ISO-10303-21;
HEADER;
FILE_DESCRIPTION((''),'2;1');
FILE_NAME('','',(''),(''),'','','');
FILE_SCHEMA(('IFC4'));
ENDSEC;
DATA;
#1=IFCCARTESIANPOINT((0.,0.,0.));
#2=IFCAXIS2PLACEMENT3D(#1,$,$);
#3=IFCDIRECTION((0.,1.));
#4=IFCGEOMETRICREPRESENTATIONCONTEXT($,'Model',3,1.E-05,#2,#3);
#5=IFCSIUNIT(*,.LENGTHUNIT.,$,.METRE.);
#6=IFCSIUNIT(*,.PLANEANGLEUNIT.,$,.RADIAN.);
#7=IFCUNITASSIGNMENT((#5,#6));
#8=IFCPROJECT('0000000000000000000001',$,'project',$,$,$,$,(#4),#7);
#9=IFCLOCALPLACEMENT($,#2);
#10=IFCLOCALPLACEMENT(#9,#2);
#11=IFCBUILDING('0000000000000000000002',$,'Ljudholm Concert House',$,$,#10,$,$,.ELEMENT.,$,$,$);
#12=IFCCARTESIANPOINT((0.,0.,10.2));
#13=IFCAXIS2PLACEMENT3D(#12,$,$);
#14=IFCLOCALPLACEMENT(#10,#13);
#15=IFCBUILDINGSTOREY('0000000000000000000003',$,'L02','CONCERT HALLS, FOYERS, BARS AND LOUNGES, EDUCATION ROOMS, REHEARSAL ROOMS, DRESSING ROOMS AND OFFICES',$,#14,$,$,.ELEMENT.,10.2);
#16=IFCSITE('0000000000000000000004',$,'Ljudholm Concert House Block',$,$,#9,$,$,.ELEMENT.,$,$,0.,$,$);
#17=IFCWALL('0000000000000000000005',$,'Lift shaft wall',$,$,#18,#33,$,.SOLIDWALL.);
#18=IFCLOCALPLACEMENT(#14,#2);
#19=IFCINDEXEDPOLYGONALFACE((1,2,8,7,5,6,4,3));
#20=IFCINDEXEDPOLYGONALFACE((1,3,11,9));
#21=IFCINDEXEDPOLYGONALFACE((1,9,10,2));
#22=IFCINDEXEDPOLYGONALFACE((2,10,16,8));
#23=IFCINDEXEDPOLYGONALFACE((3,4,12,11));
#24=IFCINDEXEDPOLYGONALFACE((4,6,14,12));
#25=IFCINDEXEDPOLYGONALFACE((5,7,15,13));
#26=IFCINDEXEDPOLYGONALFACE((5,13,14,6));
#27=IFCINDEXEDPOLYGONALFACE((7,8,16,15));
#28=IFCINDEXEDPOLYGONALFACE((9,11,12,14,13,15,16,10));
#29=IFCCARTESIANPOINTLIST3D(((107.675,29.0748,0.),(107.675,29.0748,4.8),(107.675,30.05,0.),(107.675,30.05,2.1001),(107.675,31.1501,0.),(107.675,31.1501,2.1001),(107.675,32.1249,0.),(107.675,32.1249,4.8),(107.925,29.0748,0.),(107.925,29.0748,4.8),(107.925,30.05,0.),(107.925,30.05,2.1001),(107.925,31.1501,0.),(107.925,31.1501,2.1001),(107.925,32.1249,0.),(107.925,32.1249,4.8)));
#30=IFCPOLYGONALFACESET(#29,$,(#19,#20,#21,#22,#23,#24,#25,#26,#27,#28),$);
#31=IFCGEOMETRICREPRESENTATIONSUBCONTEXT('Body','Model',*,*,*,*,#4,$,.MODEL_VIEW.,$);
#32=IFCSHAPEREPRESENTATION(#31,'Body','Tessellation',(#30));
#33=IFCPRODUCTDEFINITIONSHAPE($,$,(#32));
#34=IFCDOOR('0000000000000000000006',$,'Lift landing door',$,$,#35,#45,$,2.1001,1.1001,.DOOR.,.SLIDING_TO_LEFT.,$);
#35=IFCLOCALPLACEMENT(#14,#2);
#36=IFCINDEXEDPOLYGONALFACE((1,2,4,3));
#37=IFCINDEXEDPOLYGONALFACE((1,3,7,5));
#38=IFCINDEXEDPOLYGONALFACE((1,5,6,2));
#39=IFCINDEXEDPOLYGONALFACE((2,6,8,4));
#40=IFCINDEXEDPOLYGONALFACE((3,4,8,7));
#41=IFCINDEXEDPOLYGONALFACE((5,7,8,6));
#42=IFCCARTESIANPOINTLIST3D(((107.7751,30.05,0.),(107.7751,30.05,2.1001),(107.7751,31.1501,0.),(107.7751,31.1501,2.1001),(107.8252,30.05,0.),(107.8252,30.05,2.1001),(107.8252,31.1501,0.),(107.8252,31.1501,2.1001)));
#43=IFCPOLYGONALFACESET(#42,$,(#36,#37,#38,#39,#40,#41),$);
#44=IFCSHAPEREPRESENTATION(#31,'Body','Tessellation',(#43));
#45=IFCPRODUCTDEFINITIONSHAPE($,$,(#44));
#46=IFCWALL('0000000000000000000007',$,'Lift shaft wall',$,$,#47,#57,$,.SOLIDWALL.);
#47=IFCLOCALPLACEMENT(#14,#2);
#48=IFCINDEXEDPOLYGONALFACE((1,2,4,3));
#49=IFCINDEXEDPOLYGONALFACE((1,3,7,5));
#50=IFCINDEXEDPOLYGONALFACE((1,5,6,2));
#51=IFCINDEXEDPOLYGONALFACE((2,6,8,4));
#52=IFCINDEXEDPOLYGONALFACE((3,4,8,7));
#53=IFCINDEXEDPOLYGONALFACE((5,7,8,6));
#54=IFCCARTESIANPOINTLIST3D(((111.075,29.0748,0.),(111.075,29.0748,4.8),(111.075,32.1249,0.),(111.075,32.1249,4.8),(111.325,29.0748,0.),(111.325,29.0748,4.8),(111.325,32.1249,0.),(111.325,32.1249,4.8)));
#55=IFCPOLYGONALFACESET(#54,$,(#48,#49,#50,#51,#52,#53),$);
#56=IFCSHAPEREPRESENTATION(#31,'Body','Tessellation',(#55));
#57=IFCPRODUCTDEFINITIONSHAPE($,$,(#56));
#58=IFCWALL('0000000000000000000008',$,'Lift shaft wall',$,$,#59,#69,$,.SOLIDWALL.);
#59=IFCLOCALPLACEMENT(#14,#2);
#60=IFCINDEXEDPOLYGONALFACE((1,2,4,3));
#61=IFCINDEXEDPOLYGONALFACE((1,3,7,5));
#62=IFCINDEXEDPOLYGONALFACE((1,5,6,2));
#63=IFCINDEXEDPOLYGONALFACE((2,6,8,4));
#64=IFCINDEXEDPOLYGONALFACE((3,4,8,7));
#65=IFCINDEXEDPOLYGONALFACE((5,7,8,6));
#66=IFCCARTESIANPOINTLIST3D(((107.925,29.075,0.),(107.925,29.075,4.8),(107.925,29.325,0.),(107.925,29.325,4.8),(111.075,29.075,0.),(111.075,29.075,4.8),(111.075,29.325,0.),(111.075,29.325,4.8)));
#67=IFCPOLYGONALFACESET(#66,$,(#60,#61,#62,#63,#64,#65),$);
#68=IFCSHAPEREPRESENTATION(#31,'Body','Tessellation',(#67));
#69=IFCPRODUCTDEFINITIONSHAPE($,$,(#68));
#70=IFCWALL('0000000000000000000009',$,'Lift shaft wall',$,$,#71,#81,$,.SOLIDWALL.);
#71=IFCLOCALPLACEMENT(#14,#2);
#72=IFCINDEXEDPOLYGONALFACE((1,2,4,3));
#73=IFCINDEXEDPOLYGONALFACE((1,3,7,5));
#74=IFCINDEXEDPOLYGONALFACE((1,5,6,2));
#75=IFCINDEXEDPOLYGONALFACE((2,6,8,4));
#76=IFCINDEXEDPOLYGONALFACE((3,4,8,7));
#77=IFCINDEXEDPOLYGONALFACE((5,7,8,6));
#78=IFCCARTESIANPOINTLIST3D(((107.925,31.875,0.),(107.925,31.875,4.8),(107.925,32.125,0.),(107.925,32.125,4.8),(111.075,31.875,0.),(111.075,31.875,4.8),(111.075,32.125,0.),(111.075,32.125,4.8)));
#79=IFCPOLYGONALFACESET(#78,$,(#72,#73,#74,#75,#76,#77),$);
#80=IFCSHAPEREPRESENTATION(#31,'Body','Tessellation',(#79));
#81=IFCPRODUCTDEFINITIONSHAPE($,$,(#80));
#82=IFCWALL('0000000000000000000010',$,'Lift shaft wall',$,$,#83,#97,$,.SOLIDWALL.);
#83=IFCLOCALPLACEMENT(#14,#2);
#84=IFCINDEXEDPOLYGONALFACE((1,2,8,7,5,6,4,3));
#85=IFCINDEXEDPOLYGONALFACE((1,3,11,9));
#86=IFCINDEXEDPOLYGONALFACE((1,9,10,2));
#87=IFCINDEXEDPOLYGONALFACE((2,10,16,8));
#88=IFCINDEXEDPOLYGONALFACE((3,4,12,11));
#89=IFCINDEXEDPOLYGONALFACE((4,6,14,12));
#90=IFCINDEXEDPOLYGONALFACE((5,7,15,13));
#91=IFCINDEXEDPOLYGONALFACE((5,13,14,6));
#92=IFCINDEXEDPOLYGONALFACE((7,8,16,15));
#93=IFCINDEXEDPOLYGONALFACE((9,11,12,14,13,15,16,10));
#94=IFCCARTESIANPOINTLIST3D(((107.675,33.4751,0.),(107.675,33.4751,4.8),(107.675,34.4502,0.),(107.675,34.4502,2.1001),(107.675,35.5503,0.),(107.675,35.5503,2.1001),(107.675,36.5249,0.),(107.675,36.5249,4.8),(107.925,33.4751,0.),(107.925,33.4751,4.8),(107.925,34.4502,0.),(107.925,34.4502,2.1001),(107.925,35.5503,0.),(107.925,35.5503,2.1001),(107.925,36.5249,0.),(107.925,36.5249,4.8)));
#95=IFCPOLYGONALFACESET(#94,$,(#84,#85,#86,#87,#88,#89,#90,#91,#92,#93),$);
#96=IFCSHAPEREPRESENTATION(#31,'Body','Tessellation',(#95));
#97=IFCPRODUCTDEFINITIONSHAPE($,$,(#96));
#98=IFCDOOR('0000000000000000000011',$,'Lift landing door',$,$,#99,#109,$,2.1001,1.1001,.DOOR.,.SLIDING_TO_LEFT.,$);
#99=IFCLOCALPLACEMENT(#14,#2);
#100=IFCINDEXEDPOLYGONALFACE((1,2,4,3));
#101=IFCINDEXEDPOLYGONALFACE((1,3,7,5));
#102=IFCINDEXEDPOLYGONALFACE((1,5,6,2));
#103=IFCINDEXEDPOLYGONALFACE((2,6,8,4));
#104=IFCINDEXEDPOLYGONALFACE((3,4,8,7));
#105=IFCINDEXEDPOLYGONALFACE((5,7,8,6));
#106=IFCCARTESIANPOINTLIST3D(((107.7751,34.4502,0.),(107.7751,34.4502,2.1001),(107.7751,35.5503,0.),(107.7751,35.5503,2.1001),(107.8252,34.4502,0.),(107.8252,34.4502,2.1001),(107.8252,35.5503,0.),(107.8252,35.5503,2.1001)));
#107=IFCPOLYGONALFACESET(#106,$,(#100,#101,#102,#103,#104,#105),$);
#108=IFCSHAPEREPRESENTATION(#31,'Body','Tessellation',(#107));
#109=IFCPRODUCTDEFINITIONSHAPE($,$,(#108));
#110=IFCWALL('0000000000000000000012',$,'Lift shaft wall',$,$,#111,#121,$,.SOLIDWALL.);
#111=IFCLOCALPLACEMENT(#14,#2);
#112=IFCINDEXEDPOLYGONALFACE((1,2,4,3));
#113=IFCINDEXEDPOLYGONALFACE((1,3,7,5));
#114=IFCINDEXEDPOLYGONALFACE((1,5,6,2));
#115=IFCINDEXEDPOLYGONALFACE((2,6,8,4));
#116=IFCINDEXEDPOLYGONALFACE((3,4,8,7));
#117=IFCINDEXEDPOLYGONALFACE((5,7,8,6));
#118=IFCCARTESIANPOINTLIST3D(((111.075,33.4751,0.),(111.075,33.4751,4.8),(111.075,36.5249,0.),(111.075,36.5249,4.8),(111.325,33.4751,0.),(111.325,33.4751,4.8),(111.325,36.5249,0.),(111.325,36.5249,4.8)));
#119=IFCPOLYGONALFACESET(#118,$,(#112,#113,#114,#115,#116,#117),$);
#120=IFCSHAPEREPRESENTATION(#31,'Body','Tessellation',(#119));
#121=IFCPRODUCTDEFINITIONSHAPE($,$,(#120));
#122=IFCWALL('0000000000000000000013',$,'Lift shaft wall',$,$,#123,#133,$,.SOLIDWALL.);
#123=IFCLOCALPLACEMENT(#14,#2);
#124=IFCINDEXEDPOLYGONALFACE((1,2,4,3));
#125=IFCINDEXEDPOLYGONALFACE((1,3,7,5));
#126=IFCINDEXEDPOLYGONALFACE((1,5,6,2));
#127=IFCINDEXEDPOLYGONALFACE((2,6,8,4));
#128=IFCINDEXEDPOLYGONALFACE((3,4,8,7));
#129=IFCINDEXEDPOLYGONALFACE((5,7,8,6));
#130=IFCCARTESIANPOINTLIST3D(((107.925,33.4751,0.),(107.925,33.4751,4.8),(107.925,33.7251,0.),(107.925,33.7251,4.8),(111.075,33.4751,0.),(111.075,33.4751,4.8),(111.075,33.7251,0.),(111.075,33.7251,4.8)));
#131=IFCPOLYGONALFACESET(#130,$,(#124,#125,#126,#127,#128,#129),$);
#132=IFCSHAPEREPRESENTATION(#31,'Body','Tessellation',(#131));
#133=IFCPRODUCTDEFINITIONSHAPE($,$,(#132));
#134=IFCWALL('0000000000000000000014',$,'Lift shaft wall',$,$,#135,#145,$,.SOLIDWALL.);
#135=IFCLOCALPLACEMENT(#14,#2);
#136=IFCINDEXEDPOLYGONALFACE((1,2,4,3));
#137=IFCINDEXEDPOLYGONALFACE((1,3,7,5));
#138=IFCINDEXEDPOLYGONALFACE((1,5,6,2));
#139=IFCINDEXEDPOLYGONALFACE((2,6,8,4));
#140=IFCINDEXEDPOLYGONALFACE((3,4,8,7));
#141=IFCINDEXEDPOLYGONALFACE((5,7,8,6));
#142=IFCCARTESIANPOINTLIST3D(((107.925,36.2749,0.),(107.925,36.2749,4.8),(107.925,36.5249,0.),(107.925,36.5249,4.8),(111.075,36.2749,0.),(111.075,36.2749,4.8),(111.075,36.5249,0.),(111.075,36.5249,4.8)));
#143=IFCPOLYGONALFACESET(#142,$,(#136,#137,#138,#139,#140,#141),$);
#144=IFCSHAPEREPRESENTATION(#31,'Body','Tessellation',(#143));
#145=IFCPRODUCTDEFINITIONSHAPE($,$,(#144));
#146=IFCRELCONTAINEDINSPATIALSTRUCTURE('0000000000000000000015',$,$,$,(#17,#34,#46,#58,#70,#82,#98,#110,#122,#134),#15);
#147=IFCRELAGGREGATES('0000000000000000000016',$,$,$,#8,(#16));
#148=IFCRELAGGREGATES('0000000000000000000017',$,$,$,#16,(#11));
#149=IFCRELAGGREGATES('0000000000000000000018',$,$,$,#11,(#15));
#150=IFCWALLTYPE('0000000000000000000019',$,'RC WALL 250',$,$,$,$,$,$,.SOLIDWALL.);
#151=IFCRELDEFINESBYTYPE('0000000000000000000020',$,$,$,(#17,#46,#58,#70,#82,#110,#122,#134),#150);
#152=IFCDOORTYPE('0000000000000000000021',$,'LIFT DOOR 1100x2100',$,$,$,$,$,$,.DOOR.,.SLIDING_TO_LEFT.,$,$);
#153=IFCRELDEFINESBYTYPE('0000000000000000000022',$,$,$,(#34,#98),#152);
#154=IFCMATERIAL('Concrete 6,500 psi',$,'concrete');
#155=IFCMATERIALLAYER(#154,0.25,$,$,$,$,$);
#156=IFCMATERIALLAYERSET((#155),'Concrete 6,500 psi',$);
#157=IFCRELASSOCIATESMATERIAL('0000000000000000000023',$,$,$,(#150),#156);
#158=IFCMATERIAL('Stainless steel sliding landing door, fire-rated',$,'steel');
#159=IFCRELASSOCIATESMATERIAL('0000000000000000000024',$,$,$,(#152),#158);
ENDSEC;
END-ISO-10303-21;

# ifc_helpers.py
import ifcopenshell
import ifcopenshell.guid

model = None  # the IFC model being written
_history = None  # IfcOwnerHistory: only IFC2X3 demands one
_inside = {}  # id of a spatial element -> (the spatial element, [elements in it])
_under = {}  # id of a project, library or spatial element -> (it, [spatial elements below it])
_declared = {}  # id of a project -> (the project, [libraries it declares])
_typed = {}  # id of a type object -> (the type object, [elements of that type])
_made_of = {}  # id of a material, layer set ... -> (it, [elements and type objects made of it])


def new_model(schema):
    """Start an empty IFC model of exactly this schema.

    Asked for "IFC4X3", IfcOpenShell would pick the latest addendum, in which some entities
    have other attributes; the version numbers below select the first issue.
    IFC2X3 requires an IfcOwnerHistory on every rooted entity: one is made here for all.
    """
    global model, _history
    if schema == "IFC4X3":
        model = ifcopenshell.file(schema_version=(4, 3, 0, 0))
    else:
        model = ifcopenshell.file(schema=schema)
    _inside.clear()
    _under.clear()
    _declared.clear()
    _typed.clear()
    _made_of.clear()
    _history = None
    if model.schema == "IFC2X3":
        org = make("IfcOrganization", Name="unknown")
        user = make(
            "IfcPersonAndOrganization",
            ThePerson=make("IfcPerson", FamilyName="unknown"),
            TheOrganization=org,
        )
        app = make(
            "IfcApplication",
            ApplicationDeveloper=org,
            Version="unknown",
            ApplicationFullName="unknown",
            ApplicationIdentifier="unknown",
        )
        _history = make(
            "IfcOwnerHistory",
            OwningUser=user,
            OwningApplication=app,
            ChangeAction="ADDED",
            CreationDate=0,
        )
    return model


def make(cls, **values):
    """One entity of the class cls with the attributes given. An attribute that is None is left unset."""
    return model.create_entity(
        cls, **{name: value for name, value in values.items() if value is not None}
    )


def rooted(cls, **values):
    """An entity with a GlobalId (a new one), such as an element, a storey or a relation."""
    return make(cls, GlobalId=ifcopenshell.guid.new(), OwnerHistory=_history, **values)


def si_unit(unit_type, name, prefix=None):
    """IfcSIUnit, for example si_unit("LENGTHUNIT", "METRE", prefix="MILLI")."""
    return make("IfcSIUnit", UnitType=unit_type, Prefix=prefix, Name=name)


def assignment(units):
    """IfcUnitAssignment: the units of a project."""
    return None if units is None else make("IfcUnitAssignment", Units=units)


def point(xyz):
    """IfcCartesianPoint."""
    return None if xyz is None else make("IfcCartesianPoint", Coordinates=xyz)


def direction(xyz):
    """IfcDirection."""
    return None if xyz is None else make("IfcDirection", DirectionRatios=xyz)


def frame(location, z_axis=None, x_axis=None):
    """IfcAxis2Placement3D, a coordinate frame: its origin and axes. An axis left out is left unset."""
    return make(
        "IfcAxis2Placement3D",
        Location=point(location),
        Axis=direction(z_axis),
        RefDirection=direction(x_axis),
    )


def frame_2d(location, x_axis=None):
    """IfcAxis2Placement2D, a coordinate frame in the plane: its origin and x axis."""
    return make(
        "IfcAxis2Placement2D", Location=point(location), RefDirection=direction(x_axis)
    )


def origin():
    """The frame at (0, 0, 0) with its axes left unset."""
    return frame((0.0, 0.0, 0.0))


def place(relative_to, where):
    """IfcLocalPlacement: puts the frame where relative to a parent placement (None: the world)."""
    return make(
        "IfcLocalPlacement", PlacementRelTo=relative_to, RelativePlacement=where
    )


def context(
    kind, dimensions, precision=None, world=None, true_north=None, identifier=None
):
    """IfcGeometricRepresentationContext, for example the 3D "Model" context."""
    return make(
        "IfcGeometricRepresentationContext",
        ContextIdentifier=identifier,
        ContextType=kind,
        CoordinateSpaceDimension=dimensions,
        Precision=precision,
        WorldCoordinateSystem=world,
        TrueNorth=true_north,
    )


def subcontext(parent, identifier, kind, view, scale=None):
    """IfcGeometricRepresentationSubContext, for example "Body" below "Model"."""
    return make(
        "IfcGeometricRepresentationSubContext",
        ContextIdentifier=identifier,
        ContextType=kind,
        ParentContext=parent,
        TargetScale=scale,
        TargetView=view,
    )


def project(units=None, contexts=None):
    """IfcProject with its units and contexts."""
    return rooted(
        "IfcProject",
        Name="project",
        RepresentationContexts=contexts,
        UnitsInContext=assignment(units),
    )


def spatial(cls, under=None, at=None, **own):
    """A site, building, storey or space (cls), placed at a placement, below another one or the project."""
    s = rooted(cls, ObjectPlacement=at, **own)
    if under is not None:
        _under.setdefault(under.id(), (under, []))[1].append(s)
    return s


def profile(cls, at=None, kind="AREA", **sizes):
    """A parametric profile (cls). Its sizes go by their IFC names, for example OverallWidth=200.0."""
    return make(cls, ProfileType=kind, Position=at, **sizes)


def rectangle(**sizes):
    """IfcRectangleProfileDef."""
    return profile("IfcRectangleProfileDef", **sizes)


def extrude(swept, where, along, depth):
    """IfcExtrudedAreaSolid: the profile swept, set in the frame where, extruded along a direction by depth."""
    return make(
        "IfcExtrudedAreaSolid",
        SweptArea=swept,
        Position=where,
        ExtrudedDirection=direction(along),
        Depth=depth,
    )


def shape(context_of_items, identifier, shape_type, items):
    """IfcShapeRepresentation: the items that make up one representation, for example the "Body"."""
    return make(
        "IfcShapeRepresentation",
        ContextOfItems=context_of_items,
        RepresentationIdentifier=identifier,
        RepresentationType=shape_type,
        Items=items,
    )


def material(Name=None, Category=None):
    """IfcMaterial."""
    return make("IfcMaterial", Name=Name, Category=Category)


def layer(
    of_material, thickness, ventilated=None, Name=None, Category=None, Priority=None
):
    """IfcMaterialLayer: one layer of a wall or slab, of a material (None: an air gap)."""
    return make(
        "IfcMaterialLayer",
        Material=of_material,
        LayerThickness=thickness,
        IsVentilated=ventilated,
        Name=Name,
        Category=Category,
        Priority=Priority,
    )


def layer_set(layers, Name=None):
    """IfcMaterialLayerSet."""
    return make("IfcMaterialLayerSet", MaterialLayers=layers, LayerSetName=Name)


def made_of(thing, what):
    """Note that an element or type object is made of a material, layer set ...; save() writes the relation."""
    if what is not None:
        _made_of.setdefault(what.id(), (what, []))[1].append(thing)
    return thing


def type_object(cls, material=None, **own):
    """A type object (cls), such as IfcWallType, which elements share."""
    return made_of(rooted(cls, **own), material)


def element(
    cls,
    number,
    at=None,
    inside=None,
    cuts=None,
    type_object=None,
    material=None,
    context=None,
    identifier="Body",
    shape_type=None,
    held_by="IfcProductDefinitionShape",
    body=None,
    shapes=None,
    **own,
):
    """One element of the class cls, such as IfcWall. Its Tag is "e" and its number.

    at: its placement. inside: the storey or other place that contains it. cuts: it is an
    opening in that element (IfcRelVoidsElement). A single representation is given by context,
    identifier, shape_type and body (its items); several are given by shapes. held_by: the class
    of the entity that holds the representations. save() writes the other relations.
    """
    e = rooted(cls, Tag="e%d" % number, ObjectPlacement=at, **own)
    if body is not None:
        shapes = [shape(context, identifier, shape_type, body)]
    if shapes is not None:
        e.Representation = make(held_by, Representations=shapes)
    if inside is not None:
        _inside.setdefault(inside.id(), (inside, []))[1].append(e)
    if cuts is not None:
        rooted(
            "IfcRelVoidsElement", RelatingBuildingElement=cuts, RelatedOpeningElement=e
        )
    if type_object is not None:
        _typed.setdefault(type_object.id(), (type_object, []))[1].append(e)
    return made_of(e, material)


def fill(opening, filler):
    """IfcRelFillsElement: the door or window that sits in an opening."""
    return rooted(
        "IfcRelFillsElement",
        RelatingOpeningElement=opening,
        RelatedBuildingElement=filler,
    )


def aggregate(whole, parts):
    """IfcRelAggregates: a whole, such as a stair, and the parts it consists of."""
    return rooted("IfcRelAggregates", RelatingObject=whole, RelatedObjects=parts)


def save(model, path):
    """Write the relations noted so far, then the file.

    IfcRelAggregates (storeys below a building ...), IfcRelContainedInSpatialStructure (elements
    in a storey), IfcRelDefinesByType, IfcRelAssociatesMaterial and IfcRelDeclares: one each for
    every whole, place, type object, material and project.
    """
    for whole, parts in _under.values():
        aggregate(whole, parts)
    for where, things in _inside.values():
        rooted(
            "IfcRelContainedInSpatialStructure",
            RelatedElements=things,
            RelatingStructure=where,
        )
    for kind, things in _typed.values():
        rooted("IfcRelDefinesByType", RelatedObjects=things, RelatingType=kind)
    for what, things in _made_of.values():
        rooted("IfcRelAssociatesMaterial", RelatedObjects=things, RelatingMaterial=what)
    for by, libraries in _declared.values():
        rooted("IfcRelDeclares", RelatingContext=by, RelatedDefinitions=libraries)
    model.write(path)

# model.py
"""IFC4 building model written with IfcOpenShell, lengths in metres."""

from ifc_helpers import new_model, si_unit, direction, frame, frame_2d, origin, place, context, subcontext, project, spatial, rectangle, extrude, material, layer, layer_set, type_object, element, fill, save


model = new_model("IFC4")

# Units and contexts
model_context = context("Model", 3, precision=1e-05, world=origin(), true_north=direction((0.0, 1.0)))
body_context = subcontext(model_context, "Body", "Model", "MODEL_VIEW")
ifc_project = project(units=[si_unit("LENGTHUNIT", "METRE"), si_unit("PLANEANGLEUNIT", "RADIAN")], contexts=[model_context])

# Site, building, storey
site_placement = place(None, origin())
site = spatial("IfcSite", under=ifc_project, at=site_placement, Name="Ljudholm Concert House Block", CompositionType="ELEMENT", RefElevation=0.0)
building_placement = place(site_placement, origin())
building = spatial("IfcBuilding", under=site, at=building_placement, Name="Ljudholm Concert House", CompositionType="ELEMENT")
storey_placement = place(building_placement, frame((0.0, 0.0, 10.2)))
storey = spatial("IfcBuildingStorey", under=building, at=storey_placement, Name="L02", Description="CONCERT HALLS, FOYERS, BARS AND LOUNGES, EDUCATION ROOMS, REHEARSAL ROOMS, DRESSING ROOMS AND OFFICES", CompositionType="ELEMENT", Elevation=10.2)

# Wall, opening, door
ifc_material_1 = material(Name="Concrete 6,500 psi", Category="concrete")
ifc_layer_1 = layer(ifc_material_1, 0.25)
ifc_layer_set_1 = layer_set([ifc_layer_1], Name="Concrete 6,500 psi")
wall_type_1 = type_object("IfcWallType", Name="RC WALL 250", PredefinedType="SOLIDWALL", material=ifc_layer_set_1)
wall_1_placement = place(storey_placement, frame((107.8, 29.075, 0.0), z_axis=(0.0, 0.0, 1.0), x_axis=(0.0, 1.0, 0.0)))
wall_1 = element("IfcWall", 1, at=wall_1_placement, inside=storey, type_object=wall_type_1, Name="Lift shaft wall", PredefinedType="SOLIDWALL", context=body_context, shape_type="SweptSolid", body=[
    extrude(rectangle(XDim=3.05, YDim=0.25, at=frame_2d((1.5249, 0.0))), origin(), (0.0, 0.0, 1.0), 4.8),
])
opening_1_placement = place(wall_1_placement, frame((0.9751, 0.0, 0.0)))
opening_1 = element("IfcOpeningElement", 2, at=opening_1_placement, cuts=wall_1, PredefinedType="OPENING", context=body_context, shape_type="SweptSolid", body=[
    extrude(rectangle(XDim=1.1001, YDim=2.1001, at=frame_2d((0.55, 1.05))), frame((0.0, 0.135, 0.0), z_axis=(0.0, -1.0, 0.0), x_axis=(1.0, 0.0, 0.0)), (0.0, 0.0, 1.0), 0.27),
])
ifc_material_2 = material(Name="Stainless steel sliding landing door, fire-rated", Category="steel")
door_type = type_object("IfcDoorType", Name="LIFT DOOR 1100x2100", OperationType="SLIDING_TO_LEFT", PredefinedType="DOOR", material=ifc_material_2)
door_1_placement = place(opening_1_placement, origin())
door_1 = element("IfcDoor", 3, at=door_1_placement, inside=storey, type_object=door_type, Name="Lift landing door", OperationType="SLIDING_TO_LEFT", OverallHeight=2.1001, OverallWidth=1.1001, PredefinedType="DOOR", context=body_context, shape_type="SweptSolid", body=[
    extrude(rectangle(XDim=1.1001, YDim=2.1001, at=frame_2d((0.55, 1.05))), frame((0.0, 0.0249, 0.0), z_axis=(0.0, -1.0, 0.0), x_axis=(1.0, 0.0, 0.0)), (0.0, 0.0, 1.0), 0.05),
])
fill(opening_1, door_1)

# Walls
wall_2_placement = place(storey_placement, frame((111.2, 29.075, 0.0), z_axis=(0.0, 0.0, 1.0), x_axis=(0.0, 1.0, 0.0)))
element("IfcWall", 4, at=wall_2_placement, inside=storey, type_object=wall_type_1, Name="Lift shaft wall", PredefinedType="SOLIDWALL", context=body_context, shape_type="SweptSolid", body=[
    extrude(rectangle(XDim=3.05, YDim=0.25, at=frame_2d((1.5249, 0.0))), origin(), (0.0, 0.0, 1.0), 4.8),
])
for number, where, z_axis, x_axis, name in (
    (5, (107.925, 29.2, 0.0), (0.0, 0.0, 1.0), (1.0, 0.0, 0.0), "Lift shaft wall"),
    (6, (107.925, 32.0, 0.0), (0.0, 0.0, 1.0), (1.0, 0.0, 0.0), "Lift shaft wall"),
):
    element("IfcWall", number, at=place(storey_placement, frame(where, z_axis=z_axis, x_axis=x_axis)), inside=storey, type_object=wall_type_1, Name=name, PredefinedType="SOLIDWALL", context=body_context, shape_type="SweptSolid", body=[
        extrude(rectangle(XDim=3.1499, YDim=0.25, at=frame_2d((1.575, 0.0))), origin(), (0.0, 0.0, 1.0), 4.8),
    ])

# Wall, opening, door
wall_3_placement = place(storey_placement, frame((107.8, 33.4751, 0.0), z_axis=(0.0, 0.0, 1.0), x_axis=(0.0, 1.0, 0.0)))
wall_3 = element("IfcWall", 7, at=wall_3_placement, inside=storey, type_object=wall_type_1, Name="Lift shaft wall", PredefinedType="SOLIDWALL", context=body_context, shape_type="SweptSolid", body=[
    extrude(rectangle(XDim=3.0498, YDim=0.25, at=frame_2d((1.5249, 0.0))), origin(), (0.0, 0.0, 1.0), 4.8),
])
opening_2_placement = place(wall_3_placement, frame((0.9751, 0.0, 0.0)))
opening_2 = element("IfcOpeningElement", 8, at=opening_2_placement, cuts=wall_3, PredefinedType="OPENING", context=body_context, shape_type="SweptSolid", body=[
    extrude(rectangle(XDim=1.1001, YDim=2.1001, at=frame_2d((0.55, 1.05))), frame((0.0, 0.135, 0.0), z_axis=(0.0, -1.0, 0.0), x_axis=(1.0, 0.0, 0.0)), (0.0, 0.0, 1.0), 0.27),
])
door_2_placement = place(opening_2_placement, origin())
door_2 = element("IfcDoor", 9, at=door_2_placement, inside=storey, type_object=door_type, Name="Lift landing door", OperationType="SLIDING_TO_LEFT", OverallHeight=2.1001, OverallWidth=1.1001, PredefinedType="DOOR", context=body_context, shape_type="SweptSolid", body=[
    extrude(rectangle(XDim=1.1001, YDim=2.1001, at=frame_2d((0.55, 1.05))), frame((0.0, 0.0249, 0.0), z_axis=(0.0, -1.0, 0.0), x_axis=(1.0, 0.0, 0.0)), (0.0, 0.0, 1.0), 0.05),
])
fill(opening_2, door_2)

# Walls
wall_4_placement = place(storey_placement, frame((111.2, 33.4751, 0.0), z_axis=(0.0, 0.0, 1.0), x_axis=(0.0, 1.0, 0.0)))
element("IfcWall", 10, at=wall_4_placement, inside=storey, type_object=wall_type_1, Name="Lift shaft wall", PredefinedType="SOLIDWALL", context=body_context, shape_type="SweptSolid", body=[
    extrude(rectangle(XDim=3.0498, YDim=0.25, at=frame_2d((1.5249, 0.0))), origin(), (0.0, 0.0, 1.0), 4.8),
])
for number, where, z_axis, x_axis, name in (
    (11, (107.925, 33.6001, 0.0), (0.0, 0.0, 1.0), (1.0, 0.0, 0.0), "Lift shaft wall"),
    (12, (107.925, 36.3999, 0.0), (0.0, 0.0, 1.0), (1.0, 0.0, 0.0), "Lift shaft wall"),
):
    element("IfcWall", number, at=place(storey_placement, frame(where, z_axis=z_axis, x_axis=x_axis)), inside=storey, type_object=wall_type_1, Name=name, PredefinedType="SOLIDWALL", context=body_context, shape_type="SweptSolid", body=[
        extrude(rectangle(XDim=3.1499, YDim=0.25, at=frame_2d((1.575, 0.0))), origin(), (0.0, 0.0, 1.0), 4.8),
    ])

save(model, "model.ifc")
